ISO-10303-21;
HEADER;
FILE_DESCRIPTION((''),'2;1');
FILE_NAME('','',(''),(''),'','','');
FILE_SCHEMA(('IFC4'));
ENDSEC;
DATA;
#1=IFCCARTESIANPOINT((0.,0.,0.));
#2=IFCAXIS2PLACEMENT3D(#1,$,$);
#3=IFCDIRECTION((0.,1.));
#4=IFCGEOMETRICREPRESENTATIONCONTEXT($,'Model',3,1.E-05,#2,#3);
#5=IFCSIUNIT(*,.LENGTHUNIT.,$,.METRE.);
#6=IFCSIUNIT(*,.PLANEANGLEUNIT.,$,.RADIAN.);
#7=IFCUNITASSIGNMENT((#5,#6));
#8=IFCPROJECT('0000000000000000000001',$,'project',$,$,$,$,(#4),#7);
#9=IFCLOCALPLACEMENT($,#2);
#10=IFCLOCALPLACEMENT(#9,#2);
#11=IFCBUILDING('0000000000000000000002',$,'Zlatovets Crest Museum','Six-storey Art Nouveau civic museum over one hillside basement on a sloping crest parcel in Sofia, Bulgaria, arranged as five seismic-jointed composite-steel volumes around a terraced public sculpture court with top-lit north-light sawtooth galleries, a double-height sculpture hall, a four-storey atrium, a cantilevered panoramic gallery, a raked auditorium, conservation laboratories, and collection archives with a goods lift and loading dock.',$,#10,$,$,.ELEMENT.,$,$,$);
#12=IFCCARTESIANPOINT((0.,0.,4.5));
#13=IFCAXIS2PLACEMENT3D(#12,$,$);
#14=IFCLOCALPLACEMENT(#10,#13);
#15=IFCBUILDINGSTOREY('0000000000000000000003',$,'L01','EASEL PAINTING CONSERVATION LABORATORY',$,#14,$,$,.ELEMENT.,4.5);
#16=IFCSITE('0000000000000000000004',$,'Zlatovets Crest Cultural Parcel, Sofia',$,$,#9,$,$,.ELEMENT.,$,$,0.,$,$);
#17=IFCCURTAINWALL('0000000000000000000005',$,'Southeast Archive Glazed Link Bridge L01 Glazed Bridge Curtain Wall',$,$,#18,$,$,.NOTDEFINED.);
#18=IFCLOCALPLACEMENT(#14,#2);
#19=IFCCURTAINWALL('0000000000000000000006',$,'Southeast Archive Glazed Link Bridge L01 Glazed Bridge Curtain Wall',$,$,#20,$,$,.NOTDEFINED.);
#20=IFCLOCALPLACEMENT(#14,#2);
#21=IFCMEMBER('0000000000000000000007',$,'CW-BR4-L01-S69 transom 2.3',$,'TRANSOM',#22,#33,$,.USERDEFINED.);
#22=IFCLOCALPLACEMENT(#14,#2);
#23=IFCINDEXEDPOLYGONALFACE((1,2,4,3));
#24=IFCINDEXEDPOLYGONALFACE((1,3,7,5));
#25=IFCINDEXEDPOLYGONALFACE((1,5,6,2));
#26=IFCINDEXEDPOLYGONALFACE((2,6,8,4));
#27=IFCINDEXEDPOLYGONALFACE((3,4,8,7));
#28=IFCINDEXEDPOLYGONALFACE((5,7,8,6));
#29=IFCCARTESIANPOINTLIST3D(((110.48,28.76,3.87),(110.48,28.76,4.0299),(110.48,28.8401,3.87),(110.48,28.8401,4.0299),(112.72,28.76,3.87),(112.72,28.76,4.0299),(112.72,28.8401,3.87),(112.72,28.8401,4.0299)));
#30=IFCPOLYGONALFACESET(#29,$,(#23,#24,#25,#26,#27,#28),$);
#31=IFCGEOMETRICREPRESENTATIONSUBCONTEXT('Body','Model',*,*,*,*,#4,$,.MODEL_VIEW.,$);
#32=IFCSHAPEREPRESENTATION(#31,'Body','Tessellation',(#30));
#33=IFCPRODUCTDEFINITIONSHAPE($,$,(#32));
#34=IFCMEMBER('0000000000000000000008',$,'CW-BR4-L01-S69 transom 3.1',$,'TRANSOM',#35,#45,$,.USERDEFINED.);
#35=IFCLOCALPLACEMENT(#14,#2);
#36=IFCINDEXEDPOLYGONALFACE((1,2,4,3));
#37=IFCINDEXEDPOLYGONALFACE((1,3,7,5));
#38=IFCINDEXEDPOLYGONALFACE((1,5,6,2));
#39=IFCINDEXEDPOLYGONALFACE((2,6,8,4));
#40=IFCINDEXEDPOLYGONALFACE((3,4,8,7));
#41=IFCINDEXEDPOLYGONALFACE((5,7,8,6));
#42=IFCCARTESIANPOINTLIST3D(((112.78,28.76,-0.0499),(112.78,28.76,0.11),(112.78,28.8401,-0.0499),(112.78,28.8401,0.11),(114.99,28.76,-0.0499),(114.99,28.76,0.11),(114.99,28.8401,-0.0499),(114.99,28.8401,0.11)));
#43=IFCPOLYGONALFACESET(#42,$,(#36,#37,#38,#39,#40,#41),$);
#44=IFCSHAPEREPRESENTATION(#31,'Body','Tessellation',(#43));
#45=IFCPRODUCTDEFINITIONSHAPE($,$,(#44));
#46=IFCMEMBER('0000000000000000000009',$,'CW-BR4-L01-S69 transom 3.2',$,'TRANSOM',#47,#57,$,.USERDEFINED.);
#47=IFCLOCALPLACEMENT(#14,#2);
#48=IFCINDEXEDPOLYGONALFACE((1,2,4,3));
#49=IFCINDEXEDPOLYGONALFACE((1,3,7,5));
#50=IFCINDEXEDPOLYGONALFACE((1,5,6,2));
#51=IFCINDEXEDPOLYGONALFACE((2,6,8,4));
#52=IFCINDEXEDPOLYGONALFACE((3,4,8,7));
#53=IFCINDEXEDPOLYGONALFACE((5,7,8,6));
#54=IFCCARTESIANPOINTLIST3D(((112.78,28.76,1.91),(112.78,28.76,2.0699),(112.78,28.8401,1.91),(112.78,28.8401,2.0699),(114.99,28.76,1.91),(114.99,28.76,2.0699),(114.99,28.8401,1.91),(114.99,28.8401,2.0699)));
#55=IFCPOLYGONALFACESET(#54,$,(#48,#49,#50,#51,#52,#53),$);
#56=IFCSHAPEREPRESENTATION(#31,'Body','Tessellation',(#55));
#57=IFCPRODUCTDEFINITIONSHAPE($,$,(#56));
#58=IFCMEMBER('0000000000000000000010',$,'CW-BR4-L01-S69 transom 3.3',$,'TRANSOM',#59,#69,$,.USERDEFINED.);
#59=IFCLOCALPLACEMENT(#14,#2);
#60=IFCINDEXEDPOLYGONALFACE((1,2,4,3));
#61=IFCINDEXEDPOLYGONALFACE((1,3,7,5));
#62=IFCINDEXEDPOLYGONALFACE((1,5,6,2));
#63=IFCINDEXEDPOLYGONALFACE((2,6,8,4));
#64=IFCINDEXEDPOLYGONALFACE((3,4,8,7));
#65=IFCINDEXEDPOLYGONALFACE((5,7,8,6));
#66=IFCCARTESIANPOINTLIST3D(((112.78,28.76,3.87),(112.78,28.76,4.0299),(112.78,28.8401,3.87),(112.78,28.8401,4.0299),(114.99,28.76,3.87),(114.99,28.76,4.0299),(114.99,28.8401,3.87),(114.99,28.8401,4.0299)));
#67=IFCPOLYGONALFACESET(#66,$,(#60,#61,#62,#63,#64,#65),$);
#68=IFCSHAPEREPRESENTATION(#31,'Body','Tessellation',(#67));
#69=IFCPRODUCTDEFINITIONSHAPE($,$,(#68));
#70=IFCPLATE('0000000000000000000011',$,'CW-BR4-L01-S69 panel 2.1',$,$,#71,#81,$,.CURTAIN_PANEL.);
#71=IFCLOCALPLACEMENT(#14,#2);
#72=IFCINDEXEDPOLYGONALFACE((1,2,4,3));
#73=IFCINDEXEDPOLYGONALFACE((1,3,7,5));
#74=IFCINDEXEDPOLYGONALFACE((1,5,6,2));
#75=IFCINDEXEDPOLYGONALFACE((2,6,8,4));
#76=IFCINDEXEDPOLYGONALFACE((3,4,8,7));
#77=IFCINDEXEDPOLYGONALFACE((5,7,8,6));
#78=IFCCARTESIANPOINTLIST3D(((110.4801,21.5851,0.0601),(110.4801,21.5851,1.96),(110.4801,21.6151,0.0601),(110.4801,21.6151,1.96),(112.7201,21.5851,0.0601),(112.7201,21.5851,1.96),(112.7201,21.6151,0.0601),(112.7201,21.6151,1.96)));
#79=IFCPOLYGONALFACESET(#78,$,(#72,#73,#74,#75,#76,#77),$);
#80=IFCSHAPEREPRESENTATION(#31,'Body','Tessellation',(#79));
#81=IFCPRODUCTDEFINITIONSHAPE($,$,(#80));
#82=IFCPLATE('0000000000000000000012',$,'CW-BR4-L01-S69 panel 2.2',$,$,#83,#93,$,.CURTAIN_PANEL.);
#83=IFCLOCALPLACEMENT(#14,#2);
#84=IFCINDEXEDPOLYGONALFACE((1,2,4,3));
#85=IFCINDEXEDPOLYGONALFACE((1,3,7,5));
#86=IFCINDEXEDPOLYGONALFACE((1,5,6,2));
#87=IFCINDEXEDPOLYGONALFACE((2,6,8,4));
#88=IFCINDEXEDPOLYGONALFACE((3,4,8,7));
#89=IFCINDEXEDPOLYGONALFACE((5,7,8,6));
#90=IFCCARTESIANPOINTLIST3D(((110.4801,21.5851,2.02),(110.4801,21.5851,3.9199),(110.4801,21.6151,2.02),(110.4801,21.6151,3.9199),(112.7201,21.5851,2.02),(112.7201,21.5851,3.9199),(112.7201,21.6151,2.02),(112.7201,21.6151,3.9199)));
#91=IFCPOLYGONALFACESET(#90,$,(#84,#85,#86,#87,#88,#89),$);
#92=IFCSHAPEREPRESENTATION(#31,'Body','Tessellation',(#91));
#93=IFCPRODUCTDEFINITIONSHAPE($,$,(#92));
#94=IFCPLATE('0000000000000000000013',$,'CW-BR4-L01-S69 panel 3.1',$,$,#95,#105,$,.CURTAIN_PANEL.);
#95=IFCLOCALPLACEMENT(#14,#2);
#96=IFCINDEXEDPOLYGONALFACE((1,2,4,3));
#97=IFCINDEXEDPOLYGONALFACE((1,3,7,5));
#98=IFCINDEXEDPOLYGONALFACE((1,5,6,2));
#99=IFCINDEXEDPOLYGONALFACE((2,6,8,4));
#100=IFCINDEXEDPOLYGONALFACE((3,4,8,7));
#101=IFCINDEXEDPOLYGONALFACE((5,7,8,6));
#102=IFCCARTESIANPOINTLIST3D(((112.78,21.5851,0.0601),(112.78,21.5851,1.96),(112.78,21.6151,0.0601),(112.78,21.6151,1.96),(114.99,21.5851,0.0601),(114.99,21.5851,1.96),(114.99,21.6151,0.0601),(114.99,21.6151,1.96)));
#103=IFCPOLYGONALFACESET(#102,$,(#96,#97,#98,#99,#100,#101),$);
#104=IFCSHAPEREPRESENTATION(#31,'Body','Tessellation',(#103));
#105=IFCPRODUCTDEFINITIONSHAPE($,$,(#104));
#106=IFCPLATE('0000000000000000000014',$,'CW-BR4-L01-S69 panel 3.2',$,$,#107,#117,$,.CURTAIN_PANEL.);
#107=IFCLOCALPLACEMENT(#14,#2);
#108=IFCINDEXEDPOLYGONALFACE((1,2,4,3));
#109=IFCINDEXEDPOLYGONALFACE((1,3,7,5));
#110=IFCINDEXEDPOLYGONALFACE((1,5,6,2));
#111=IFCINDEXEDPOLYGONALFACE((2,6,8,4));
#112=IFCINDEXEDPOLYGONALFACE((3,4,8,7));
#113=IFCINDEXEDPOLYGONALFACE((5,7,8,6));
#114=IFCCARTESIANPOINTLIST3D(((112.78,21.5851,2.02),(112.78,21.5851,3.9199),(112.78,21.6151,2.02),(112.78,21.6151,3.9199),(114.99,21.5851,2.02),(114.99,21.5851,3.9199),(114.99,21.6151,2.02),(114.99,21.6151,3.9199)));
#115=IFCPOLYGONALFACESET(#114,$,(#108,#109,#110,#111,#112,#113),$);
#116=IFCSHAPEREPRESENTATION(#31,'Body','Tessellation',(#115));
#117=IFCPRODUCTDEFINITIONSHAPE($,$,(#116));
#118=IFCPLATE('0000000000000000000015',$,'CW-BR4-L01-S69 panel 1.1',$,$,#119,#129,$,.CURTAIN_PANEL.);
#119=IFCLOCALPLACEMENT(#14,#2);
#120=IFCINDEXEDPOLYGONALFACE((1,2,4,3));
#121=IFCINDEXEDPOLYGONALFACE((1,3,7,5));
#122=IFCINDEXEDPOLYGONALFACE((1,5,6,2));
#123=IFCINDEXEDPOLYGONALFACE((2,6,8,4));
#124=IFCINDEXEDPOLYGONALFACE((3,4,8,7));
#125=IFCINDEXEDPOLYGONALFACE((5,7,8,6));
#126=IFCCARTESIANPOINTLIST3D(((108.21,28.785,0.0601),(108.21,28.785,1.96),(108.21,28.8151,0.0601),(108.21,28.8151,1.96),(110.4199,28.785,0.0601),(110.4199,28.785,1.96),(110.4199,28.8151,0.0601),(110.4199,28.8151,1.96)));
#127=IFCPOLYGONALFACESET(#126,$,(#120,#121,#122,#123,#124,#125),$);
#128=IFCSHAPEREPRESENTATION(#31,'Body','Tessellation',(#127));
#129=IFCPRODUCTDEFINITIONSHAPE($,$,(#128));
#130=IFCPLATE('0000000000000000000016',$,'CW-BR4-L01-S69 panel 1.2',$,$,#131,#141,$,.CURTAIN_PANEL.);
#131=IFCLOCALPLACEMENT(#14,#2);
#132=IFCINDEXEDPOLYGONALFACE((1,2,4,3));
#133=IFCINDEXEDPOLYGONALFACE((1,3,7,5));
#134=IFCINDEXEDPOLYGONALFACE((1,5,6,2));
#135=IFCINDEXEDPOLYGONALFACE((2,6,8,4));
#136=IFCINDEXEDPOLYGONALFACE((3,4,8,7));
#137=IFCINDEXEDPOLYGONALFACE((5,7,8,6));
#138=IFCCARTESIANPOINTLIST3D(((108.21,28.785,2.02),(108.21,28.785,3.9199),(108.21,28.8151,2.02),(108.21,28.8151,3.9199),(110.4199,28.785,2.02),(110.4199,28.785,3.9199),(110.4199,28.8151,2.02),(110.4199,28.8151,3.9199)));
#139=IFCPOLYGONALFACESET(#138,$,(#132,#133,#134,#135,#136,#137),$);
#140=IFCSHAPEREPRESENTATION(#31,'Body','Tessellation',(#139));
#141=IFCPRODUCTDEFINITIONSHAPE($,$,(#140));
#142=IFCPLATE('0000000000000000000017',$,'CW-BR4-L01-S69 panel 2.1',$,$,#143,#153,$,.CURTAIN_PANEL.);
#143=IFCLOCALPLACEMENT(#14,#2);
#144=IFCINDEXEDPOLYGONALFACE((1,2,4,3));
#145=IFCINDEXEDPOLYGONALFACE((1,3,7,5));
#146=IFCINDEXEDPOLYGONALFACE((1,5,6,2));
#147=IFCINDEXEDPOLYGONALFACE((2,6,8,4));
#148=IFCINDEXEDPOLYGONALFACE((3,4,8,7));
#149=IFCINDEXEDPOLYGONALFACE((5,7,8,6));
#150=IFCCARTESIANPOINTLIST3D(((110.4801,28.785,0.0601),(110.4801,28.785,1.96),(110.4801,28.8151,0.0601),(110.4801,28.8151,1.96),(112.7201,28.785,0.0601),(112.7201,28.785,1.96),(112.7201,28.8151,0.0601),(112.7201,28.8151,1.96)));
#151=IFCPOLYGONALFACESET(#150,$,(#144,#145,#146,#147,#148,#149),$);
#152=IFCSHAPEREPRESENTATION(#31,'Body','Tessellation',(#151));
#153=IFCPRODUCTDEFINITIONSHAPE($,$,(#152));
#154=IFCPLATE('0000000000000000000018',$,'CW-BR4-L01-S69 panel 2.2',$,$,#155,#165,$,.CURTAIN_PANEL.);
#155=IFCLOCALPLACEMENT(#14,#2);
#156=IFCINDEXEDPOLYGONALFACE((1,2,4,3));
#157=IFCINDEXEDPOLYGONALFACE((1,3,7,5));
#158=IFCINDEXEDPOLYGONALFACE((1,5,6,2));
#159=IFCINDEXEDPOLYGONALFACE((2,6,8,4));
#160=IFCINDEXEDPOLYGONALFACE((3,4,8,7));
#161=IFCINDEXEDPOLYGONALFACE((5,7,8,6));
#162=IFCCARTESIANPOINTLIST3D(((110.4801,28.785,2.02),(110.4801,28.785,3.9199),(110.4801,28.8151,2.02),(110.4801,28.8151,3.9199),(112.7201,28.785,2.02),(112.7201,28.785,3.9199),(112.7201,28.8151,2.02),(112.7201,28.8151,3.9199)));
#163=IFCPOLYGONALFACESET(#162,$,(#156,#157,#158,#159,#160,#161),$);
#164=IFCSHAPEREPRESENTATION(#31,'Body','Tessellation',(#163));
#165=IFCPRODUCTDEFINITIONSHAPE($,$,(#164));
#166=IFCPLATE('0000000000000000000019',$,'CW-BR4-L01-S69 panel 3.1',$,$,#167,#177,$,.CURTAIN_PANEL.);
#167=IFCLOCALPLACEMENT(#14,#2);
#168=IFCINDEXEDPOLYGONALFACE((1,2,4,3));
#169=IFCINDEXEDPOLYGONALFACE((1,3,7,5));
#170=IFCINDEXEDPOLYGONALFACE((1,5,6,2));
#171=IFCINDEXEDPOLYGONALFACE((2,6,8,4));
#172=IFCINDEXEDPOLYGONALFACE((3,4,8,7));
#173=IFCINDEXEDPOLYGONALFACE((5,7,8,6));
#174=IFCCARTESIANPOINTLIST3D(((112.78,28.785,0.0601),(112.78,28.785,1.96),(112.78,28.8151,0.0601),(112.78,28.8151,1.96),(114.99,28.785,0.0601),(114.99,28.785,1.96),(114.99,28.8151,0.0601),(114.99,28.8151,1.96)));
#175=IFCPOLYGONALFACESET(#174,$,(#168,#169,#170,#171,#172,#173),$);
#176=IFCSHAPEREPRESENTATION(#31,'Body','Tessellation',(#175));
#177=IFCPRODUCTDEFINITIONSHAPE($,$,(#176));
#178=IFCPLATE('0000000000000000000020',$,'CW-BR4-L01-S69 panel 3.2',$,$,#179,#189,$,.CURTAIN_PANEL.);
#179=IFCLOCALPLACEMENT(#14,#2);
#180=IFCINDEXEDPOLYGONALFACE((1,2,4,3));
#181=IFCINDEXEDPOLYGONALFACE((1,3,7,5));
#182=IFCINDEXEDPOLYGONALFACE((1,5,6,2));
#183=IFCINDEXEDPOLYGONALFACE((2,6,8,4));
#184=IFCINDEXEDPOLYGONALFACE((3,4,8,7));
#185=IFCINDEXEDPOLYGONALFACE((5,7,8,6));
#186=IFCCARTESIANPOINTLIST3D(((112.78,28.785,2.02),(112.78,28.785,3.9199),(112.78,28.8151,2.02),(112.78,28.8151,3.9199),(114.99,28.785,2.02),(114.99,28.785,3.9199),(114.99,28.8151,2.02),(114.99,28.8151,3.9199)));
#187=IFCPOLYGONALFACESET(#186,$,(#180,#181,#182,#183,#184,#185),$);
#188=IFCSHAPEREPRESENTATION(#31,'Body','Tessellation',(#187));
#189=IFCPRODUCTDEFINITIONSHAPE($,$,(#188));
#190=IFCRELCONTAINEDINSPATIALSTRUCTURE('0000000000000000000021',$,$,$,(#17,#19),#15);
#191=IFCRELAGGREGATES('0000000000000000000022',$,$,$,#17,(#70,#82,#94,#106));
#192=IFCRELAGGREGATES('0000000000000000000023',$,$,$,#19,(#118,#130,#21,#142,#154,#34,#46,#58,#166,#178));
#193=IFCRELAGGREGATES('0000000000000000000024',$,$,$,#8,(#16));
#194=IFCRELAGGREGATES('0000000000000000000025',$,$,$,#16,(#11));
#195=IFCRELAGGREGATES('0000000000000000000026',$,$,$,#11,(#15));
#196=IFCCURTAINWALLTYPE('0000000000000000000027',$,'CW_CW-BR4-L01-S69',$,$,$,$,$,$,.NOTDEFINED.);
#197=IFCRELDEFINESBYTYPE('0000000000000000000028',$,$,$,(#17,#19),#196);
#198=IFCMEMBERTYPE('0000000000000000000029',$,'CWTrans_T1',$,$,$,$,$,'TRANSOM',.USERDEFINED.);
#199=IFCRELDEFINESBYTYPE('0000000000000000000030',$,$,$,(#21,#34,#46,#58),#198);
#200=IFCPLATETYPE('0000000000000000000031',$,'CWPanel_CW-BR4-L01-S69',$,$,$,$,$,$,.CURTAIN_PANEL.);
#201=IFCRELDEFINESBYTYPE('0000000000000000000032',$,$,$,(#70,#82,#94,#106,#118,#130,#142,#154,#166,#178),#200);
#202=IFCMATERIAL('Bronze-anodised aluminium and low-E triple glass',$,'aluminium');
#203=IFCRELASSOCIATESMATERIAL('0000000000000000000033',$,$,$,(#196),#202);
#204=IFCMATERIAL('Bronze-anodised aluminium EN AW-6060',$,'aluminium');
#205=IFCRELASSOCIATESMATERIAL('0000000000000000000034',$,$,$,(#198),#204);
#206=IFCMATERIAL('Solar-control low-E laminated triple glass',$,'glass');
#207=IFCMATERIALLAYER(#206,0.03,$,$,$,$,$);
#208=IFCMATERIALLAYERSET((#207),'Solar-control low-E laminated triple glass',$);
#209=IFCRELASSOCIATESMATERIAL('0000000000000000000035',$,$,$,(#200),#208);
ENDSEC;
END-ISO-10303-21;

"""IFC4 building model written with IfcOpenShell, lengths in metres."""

from ifc_helpers import new_model, si_unit, direction, frame, origin, origin_2d, place, context, subcontext, project, spatial, rectangle, extrude, material, layer, layer_set, material_profile, profile_set, type_object, element, aggregate, save


model = new_model("IFC4")

# Units and contexts
model_context = context("Model", 3, precision=1e-05, world=origin(), true_north=direction((0.0, 1.0)))
body_context = subcontext(model_context, "Body", "Model", "MODEL_VIEW")
ifc_project = project(units=[si_unit("LENGTHUNIT", "METRE"), si_unit("PLANEANGLEUNIT", "RADIAN")], contexts=[model_context])

# Site, building, storey
site_placement = place(None, origin())
site = spatial("IfcSite", under=ifc_project, at=site_placement, Name="Zlatovets Crest Cultural Parcel, Sofia", CompositionType="ELEMENT", RefElevation=0.0)
building_placement = place(site_placement, origin())
building = spatial("IfcBuilding", under=site, at=building_placement, Name="Zlatovets Crest Museum", Description="Six-storey Art Nouveau civic museum over one hillside basement on a sloping crest parcel in Sofia, Bulgaria, arranged as five seismic-jointed composite-steel volumes around a terraced public sculpture court with top-lit north-light sawtooth galleries, a double-height sculpture hall, a four-storey atrium, a cantilevered panoramic gallery, a raked auditorium, conservation laboratories, and collection archives with a goods lift and loading dock.", CompositionType="ELEMENT")
storey_placement = place(building_placement, frame((0.0, 0.0, 4.5)))
storey = spatial("IfcBuildingStorey", under=building, at=storey_placement, Name="L01", Description="EASEL PAINTING CONSERVATION LABORATORY", CompositionType="ELEMENT", Elevation=4.5)

# Curtain wall
ifc_material_1 = material(Name="Bronze-anodised aluminium and low-E triple glass", Category="aluminium")
curtain_wall_type = type_object("IfcCurtainWallType", Name="CW_CW-BR4-L01-S69", PredefinedType="NOTDEFINED", material=ifc_material_1)
curtain_wall_1_placement = place(storey_placement, origin())
curtain_wall_1 = element("IfcCurtainWall", 1, at=curtain_wall_1_placement, inside=storey, type_object=curtain_wall_type, Name="Southeast Archive Glazed Link Bridge L01 Glazed Bridge Curtain Wall", PredefinedType="NOTDEFINED")
ifc_material_2 = material(Name="Bronze-anodised aluminium EN AW-6060", Category="aluminium")

# Curtain wall
curtain_wall_2_placement = place(storey_placement, origin())
curtain_wall_2 = element("IfcCurtainWall", 2, at=curtain_wall_2_placement, inside=storey, type_object=curtain_wall_type, Name="Southeast Archive Glazed Link Bridge L01 Glazed Bridge Curtain Wall", PredefinedType="NOTDEFINED")

# Members
ifc_material_profile_1 = material_profile(ifc_material_2, rectangle(XDim=0.0801, YDim=0.1599, at=origin_2d()), Name="ALU 80x160")
ifc_profile_set_1 = profile_set([ifc_material_profile_1], Name="Bronze-anodised aluminium EN AW-6060")
member_type_1 = type_object("IfcMemberType", Name="CWTrans_T1", ElementType="TRANSOM", PredefinedType="USERDEFINED", material=ifc_profile_set_1)
member_1_placement = place(storey_placement, frame((110.48, 28.8, 3.95), z_axis=(1.0, 0.0, 0.0), x_axis=(0.0, 1.0, 0.0)))
member_1 = element("IfcMember", 3, at=member_1_placement, type_object=member_type_1, Name="CW-BR4-L01-S69 transom 2.3", ObjectType="TRANSOM", PredefinedType="USERDEFINED", context=body_context, shape_type="SweptSolid", body=[
    extrude(rectangle(XDim=0.0801, YDim=0.1599, at=origin_2d()), origin(), (0.0, 0.0, 1.0), 2.24),
])
member_2_placement = place(storey_placement, frame((112.78, 28.8, 0.03), z_axis=(1.0, 0.0, 0.0), x_axis=(0.0, 1.0, 0.0)))
member_2 = element("IfcMember", 4, at=member_2_placement, type_object=member_type_1, Name="CW-BR4-L01-S69 transom 3.1", ObjectType="TRANSOM", PredefinedType="USERDEFINED", context=body_context, shape_type="SweptSolid", body=[
    extrude(rectangle(XDim=0.0801, YDim=0.1599, at=origin_2d()), origin(), (0.0, 0.0, 1.0), 2.21),
])
member_3_placement = place(storey_placement, frame((112.78, 28.8, 1.99), z_axis=(1.0, 0.0, 0.0), x_axis=(0.0, 1.0, 0.0)))
member_3 = element("IfcMember", 5, at=member_3_placement, type_object=member_type_1, Name="CW-BR4-L01-S69 transom 3.2", ObjectType="TRANSOM", PredefinedType="USERDEFINED", context=body_context, shape_type="SweptSolid", body=[
    extrude(rectangle(XDim=0.0801, YDim=0.1599, at=origin_2d()), origin(), (0.0, 0.0, 1.0), 2.21),
])
member_4_placement = place(storey_placement, frame((112.78, 28.8, 3.95), z_axis=(1.0, 0.0, 0.0), x_axis=(0.0, 1.0, 0.0)))
member_4 = element("IfcMember", 6, at=member_4_placement, type_object=member_type_1, Name="CW-BR4-L01-S69 transom 3.3", ObjectType="TRANSOM", PredefinedType="USERDEFINED", context=body_context, shape_type="SweptSolid", body=[
    extrude(rectangle(XDim=0.0801, YDim=0.1599, at=origin_2d()), origin(), (0.0, 0.0, 1.0), 2.21),
])

# Plates
ifc_material_3 = material(Name="Solar-control low-E laminated triple glass", Category="glass")
ifc_layer = layer(ifc_material_3, 0.03)
ifc_layer_set = layer_set([ifc_layer], Name="Solar-control low-E laminated triple glass")
plate_type = type_object("IfcPlateType", Name="CWPanel_CW-BR4-L01-S69", PredefinedType="CURTAIN_PANEL", material=ifc_layer_set)
plate_1_placement = place(storey_placement, frame((111.6001, 21.6001, 0.0601), z_axis=(0.0, 0.0, 1.0), x_axis=(1.0, 0.0, 0.0)))
plate_1 = element("IfcPlate", 7, at=plate_1_placement, type_object=plate_type, Name="CW-BR4-L01-S69 panel 2.1", PredefinedType="CURTAIN_PANEL", context=body_context, shape_type="SweptSolid", body=[
    extrude(rectangle(XDim=2.24, YDim=0.03, at=origin_2d()), origin(), (0.0, 0.0, 1.0), 1.8999),
])
plate_2_placement = place(storey_placement, frame((111.6001, 21.6001, 2.02), z_axis=(0.0, 0.0, 1.0), x_axis=(1.0, 0.0, 0.0)))
plate_2 = element("IfcPlate", 8, at=plate_2_placement, type_object=plate_type, Name="CW-BR4-L01-S69 panel 2.2", PredefinedType="CURTAIN_PANEL", context=body_context, shape_type="SweptSolid", body=[
    extrude(rectangle(XDim=2.24, YDim=0.03, at=origin_2d()), origin(), (0.0, 0.0, 1.0), 1.8999),
])
plate_3_placement = place(storey_placement, frame((113.885, 21.6001, 0.0601), z_axis=(0.0, 0.0, 1.0), x_axis=(1.0, 0.0, 0.0)))
plate_3 = element("IfcPlate", 9, at=plate_3_placement, type_object=plate_type, Name="CW-BR4-L01-S69 panel 3.1", PredefinedType="CURTAIN_PANEL", context=body_context, shape_type="SweptSolid", body=[
    extrude(rectangle(XDim=2.21, YDim=0.03, at=origin_2d()), origin(), (0.0, 0.0, 1.0), 1.8999),
])
plate_4_placement = place(storey_placement, frame((113.885, 21.6001, 2.02), z_axis=(0.0, 0.0, 1.0), x_axis=(1.0, 0.0, 0.0)))
plate_4 = element("IfcPlate", 10, at=plate_4_placement, type_object=plate_type, Name="CW-BR4-L01-S69 panel 3.2", PredefinedType="CURTAIN_PANEL", context=body_context, shape_type="SweptSolid", body=[
    extrude(rectangle(XDim=2.21, YDim=0.03, at=origin_2d()), origin(), (0.0, 0.0, 1.0), 1.8999),
])
aggregate(curtain_wall_1, [plate_1, plate_2, plate_3, plate_4])
plate_5_placement = place(storey_placement, frame((109.3149, 28.8, 0.0601), z_axis=(0.0, 0.0, 1.0), x_axis=(1.0, 0.0, 0.0)))
plate_5 = element("IfcPlate", 11, at=plate_5_placement, type_object=plate_type, Name="CW-BR4-L01-S69 panel 1.1", PredefinedType="CURTAIN_PANEL", context=body_context, shape_type="SweptSolid", body=[
    extrude(rectangle(XDim=2.21, YDim=0.03, at=origin_2d()), origin(), (0.0, 0.0, 1.0), 1.8999),
])
plate_6_placement = place(storey_placement, frame((109.3149, 28.8, 2.02), z_axis=(0.0, 0.0, 1.0), x_axis=(1.0, 0.0, 0.0)))
plate_6 = element("IfcPlate", 12, at=plate_6_placement, type_object=plate_type, Name="CW-BR4-L01-S69 panel 1.2", PredefinedType="CURTAIN_PANEL", context=body_context, shape_type="SweptSolid", body=[
    extrude(rectangle(XDim=2.21, YDim=0.03, at=origin_2d()), origin(), (0.0, 0.0, 1.0), 1.8999),
])
plate_7_placement = place(storey_placement, frame((111.6001, 28.8, 0.0601), z_axis=(0.0, 0.0, 1.0), x_axis=(1.0, 0.0, 0.0)))
plate_7 = element("IfcPlate", 13, at=plate_7_placement, type_object=plate_type, Name="CW-BR4-L01-S69 panel 2.1", PredefinedType="CURTAIN_PANEL", context=body_context, shape_type="SweptSolid", body=[
    extrude(rectangle(XDim=2.24, YDim=0.03, at=origin_2d()), origin(), (0.0, 0.0, 1.0), 1.8999),
])
plate_8_placement = place(storey_placement, frame((111.6001, 28.8, 2.02), z_axis=(0.0, 0.0, 1.0), x_axis=(1.0, 0.0, 0.0)))
plate_8 = element("IfcPlate", 14, at=plate_8_placement, type_object=plate_type, Name="CW-BR4-L01-S69 panel 2.2", PredefinedType="CURTAIN_PANEL", context=body_context, shape_type="SweptSolid", body=[
    extrude(rectangle(XDim=2.24, YDim=0.03, at=origin_2d()), origin(), (0.0, 0.0, 1.0), 1.8999),
])
plate_9_placement = place(storey_placement, frame((113.885, 28.8, 0.0601), z_axis=(0.0, 0.0, 1.0), x_axis=(1.0, 0.0, 0.0)))
plate_9 = element("IfcPlate", 15, at=plate_9_placement, type_object=plate_type, Name="CW-BR4-L01-S69 panel 3.1", PredefinedType="CURTAIN_PANEL", context=body_context, shape_type="SweptSolid", body=[
    extrude(rectangle(XDim=2.21, YDim=0.03, at=origin_2d()), origin(), (0.0, 0.0, 1.0), 1.8999),
])
plate_10_placement = place(storey_placement, frame((113.885, 28.8, 2.02), z_axis=(0.0, 0.0, 1.0), x_axis=(1.0, 0.0, 0.0)))
plate_10 = element("IfcPlate", 16, at=plate_10_placement, type_object=plate_type, Name="CW-BR4-L01-S69 panel 3.2", PredefinedType="CURTAIN_PANEL", context=body_context, shape_type="SweptSolid", body=[
    extrude(rectangle(XDim=2.21, YDim=0.03, at=origin_2d()), origin(), (0.0, 0.0, 1.0), 1.8999),
])
aggregate(curtain_wall_2, [plate_5, plate_6, member_1, plate_7, plate_8, member_2, member_3, member_4, plate_9, plate_10])

save(model, "model.ifc")
